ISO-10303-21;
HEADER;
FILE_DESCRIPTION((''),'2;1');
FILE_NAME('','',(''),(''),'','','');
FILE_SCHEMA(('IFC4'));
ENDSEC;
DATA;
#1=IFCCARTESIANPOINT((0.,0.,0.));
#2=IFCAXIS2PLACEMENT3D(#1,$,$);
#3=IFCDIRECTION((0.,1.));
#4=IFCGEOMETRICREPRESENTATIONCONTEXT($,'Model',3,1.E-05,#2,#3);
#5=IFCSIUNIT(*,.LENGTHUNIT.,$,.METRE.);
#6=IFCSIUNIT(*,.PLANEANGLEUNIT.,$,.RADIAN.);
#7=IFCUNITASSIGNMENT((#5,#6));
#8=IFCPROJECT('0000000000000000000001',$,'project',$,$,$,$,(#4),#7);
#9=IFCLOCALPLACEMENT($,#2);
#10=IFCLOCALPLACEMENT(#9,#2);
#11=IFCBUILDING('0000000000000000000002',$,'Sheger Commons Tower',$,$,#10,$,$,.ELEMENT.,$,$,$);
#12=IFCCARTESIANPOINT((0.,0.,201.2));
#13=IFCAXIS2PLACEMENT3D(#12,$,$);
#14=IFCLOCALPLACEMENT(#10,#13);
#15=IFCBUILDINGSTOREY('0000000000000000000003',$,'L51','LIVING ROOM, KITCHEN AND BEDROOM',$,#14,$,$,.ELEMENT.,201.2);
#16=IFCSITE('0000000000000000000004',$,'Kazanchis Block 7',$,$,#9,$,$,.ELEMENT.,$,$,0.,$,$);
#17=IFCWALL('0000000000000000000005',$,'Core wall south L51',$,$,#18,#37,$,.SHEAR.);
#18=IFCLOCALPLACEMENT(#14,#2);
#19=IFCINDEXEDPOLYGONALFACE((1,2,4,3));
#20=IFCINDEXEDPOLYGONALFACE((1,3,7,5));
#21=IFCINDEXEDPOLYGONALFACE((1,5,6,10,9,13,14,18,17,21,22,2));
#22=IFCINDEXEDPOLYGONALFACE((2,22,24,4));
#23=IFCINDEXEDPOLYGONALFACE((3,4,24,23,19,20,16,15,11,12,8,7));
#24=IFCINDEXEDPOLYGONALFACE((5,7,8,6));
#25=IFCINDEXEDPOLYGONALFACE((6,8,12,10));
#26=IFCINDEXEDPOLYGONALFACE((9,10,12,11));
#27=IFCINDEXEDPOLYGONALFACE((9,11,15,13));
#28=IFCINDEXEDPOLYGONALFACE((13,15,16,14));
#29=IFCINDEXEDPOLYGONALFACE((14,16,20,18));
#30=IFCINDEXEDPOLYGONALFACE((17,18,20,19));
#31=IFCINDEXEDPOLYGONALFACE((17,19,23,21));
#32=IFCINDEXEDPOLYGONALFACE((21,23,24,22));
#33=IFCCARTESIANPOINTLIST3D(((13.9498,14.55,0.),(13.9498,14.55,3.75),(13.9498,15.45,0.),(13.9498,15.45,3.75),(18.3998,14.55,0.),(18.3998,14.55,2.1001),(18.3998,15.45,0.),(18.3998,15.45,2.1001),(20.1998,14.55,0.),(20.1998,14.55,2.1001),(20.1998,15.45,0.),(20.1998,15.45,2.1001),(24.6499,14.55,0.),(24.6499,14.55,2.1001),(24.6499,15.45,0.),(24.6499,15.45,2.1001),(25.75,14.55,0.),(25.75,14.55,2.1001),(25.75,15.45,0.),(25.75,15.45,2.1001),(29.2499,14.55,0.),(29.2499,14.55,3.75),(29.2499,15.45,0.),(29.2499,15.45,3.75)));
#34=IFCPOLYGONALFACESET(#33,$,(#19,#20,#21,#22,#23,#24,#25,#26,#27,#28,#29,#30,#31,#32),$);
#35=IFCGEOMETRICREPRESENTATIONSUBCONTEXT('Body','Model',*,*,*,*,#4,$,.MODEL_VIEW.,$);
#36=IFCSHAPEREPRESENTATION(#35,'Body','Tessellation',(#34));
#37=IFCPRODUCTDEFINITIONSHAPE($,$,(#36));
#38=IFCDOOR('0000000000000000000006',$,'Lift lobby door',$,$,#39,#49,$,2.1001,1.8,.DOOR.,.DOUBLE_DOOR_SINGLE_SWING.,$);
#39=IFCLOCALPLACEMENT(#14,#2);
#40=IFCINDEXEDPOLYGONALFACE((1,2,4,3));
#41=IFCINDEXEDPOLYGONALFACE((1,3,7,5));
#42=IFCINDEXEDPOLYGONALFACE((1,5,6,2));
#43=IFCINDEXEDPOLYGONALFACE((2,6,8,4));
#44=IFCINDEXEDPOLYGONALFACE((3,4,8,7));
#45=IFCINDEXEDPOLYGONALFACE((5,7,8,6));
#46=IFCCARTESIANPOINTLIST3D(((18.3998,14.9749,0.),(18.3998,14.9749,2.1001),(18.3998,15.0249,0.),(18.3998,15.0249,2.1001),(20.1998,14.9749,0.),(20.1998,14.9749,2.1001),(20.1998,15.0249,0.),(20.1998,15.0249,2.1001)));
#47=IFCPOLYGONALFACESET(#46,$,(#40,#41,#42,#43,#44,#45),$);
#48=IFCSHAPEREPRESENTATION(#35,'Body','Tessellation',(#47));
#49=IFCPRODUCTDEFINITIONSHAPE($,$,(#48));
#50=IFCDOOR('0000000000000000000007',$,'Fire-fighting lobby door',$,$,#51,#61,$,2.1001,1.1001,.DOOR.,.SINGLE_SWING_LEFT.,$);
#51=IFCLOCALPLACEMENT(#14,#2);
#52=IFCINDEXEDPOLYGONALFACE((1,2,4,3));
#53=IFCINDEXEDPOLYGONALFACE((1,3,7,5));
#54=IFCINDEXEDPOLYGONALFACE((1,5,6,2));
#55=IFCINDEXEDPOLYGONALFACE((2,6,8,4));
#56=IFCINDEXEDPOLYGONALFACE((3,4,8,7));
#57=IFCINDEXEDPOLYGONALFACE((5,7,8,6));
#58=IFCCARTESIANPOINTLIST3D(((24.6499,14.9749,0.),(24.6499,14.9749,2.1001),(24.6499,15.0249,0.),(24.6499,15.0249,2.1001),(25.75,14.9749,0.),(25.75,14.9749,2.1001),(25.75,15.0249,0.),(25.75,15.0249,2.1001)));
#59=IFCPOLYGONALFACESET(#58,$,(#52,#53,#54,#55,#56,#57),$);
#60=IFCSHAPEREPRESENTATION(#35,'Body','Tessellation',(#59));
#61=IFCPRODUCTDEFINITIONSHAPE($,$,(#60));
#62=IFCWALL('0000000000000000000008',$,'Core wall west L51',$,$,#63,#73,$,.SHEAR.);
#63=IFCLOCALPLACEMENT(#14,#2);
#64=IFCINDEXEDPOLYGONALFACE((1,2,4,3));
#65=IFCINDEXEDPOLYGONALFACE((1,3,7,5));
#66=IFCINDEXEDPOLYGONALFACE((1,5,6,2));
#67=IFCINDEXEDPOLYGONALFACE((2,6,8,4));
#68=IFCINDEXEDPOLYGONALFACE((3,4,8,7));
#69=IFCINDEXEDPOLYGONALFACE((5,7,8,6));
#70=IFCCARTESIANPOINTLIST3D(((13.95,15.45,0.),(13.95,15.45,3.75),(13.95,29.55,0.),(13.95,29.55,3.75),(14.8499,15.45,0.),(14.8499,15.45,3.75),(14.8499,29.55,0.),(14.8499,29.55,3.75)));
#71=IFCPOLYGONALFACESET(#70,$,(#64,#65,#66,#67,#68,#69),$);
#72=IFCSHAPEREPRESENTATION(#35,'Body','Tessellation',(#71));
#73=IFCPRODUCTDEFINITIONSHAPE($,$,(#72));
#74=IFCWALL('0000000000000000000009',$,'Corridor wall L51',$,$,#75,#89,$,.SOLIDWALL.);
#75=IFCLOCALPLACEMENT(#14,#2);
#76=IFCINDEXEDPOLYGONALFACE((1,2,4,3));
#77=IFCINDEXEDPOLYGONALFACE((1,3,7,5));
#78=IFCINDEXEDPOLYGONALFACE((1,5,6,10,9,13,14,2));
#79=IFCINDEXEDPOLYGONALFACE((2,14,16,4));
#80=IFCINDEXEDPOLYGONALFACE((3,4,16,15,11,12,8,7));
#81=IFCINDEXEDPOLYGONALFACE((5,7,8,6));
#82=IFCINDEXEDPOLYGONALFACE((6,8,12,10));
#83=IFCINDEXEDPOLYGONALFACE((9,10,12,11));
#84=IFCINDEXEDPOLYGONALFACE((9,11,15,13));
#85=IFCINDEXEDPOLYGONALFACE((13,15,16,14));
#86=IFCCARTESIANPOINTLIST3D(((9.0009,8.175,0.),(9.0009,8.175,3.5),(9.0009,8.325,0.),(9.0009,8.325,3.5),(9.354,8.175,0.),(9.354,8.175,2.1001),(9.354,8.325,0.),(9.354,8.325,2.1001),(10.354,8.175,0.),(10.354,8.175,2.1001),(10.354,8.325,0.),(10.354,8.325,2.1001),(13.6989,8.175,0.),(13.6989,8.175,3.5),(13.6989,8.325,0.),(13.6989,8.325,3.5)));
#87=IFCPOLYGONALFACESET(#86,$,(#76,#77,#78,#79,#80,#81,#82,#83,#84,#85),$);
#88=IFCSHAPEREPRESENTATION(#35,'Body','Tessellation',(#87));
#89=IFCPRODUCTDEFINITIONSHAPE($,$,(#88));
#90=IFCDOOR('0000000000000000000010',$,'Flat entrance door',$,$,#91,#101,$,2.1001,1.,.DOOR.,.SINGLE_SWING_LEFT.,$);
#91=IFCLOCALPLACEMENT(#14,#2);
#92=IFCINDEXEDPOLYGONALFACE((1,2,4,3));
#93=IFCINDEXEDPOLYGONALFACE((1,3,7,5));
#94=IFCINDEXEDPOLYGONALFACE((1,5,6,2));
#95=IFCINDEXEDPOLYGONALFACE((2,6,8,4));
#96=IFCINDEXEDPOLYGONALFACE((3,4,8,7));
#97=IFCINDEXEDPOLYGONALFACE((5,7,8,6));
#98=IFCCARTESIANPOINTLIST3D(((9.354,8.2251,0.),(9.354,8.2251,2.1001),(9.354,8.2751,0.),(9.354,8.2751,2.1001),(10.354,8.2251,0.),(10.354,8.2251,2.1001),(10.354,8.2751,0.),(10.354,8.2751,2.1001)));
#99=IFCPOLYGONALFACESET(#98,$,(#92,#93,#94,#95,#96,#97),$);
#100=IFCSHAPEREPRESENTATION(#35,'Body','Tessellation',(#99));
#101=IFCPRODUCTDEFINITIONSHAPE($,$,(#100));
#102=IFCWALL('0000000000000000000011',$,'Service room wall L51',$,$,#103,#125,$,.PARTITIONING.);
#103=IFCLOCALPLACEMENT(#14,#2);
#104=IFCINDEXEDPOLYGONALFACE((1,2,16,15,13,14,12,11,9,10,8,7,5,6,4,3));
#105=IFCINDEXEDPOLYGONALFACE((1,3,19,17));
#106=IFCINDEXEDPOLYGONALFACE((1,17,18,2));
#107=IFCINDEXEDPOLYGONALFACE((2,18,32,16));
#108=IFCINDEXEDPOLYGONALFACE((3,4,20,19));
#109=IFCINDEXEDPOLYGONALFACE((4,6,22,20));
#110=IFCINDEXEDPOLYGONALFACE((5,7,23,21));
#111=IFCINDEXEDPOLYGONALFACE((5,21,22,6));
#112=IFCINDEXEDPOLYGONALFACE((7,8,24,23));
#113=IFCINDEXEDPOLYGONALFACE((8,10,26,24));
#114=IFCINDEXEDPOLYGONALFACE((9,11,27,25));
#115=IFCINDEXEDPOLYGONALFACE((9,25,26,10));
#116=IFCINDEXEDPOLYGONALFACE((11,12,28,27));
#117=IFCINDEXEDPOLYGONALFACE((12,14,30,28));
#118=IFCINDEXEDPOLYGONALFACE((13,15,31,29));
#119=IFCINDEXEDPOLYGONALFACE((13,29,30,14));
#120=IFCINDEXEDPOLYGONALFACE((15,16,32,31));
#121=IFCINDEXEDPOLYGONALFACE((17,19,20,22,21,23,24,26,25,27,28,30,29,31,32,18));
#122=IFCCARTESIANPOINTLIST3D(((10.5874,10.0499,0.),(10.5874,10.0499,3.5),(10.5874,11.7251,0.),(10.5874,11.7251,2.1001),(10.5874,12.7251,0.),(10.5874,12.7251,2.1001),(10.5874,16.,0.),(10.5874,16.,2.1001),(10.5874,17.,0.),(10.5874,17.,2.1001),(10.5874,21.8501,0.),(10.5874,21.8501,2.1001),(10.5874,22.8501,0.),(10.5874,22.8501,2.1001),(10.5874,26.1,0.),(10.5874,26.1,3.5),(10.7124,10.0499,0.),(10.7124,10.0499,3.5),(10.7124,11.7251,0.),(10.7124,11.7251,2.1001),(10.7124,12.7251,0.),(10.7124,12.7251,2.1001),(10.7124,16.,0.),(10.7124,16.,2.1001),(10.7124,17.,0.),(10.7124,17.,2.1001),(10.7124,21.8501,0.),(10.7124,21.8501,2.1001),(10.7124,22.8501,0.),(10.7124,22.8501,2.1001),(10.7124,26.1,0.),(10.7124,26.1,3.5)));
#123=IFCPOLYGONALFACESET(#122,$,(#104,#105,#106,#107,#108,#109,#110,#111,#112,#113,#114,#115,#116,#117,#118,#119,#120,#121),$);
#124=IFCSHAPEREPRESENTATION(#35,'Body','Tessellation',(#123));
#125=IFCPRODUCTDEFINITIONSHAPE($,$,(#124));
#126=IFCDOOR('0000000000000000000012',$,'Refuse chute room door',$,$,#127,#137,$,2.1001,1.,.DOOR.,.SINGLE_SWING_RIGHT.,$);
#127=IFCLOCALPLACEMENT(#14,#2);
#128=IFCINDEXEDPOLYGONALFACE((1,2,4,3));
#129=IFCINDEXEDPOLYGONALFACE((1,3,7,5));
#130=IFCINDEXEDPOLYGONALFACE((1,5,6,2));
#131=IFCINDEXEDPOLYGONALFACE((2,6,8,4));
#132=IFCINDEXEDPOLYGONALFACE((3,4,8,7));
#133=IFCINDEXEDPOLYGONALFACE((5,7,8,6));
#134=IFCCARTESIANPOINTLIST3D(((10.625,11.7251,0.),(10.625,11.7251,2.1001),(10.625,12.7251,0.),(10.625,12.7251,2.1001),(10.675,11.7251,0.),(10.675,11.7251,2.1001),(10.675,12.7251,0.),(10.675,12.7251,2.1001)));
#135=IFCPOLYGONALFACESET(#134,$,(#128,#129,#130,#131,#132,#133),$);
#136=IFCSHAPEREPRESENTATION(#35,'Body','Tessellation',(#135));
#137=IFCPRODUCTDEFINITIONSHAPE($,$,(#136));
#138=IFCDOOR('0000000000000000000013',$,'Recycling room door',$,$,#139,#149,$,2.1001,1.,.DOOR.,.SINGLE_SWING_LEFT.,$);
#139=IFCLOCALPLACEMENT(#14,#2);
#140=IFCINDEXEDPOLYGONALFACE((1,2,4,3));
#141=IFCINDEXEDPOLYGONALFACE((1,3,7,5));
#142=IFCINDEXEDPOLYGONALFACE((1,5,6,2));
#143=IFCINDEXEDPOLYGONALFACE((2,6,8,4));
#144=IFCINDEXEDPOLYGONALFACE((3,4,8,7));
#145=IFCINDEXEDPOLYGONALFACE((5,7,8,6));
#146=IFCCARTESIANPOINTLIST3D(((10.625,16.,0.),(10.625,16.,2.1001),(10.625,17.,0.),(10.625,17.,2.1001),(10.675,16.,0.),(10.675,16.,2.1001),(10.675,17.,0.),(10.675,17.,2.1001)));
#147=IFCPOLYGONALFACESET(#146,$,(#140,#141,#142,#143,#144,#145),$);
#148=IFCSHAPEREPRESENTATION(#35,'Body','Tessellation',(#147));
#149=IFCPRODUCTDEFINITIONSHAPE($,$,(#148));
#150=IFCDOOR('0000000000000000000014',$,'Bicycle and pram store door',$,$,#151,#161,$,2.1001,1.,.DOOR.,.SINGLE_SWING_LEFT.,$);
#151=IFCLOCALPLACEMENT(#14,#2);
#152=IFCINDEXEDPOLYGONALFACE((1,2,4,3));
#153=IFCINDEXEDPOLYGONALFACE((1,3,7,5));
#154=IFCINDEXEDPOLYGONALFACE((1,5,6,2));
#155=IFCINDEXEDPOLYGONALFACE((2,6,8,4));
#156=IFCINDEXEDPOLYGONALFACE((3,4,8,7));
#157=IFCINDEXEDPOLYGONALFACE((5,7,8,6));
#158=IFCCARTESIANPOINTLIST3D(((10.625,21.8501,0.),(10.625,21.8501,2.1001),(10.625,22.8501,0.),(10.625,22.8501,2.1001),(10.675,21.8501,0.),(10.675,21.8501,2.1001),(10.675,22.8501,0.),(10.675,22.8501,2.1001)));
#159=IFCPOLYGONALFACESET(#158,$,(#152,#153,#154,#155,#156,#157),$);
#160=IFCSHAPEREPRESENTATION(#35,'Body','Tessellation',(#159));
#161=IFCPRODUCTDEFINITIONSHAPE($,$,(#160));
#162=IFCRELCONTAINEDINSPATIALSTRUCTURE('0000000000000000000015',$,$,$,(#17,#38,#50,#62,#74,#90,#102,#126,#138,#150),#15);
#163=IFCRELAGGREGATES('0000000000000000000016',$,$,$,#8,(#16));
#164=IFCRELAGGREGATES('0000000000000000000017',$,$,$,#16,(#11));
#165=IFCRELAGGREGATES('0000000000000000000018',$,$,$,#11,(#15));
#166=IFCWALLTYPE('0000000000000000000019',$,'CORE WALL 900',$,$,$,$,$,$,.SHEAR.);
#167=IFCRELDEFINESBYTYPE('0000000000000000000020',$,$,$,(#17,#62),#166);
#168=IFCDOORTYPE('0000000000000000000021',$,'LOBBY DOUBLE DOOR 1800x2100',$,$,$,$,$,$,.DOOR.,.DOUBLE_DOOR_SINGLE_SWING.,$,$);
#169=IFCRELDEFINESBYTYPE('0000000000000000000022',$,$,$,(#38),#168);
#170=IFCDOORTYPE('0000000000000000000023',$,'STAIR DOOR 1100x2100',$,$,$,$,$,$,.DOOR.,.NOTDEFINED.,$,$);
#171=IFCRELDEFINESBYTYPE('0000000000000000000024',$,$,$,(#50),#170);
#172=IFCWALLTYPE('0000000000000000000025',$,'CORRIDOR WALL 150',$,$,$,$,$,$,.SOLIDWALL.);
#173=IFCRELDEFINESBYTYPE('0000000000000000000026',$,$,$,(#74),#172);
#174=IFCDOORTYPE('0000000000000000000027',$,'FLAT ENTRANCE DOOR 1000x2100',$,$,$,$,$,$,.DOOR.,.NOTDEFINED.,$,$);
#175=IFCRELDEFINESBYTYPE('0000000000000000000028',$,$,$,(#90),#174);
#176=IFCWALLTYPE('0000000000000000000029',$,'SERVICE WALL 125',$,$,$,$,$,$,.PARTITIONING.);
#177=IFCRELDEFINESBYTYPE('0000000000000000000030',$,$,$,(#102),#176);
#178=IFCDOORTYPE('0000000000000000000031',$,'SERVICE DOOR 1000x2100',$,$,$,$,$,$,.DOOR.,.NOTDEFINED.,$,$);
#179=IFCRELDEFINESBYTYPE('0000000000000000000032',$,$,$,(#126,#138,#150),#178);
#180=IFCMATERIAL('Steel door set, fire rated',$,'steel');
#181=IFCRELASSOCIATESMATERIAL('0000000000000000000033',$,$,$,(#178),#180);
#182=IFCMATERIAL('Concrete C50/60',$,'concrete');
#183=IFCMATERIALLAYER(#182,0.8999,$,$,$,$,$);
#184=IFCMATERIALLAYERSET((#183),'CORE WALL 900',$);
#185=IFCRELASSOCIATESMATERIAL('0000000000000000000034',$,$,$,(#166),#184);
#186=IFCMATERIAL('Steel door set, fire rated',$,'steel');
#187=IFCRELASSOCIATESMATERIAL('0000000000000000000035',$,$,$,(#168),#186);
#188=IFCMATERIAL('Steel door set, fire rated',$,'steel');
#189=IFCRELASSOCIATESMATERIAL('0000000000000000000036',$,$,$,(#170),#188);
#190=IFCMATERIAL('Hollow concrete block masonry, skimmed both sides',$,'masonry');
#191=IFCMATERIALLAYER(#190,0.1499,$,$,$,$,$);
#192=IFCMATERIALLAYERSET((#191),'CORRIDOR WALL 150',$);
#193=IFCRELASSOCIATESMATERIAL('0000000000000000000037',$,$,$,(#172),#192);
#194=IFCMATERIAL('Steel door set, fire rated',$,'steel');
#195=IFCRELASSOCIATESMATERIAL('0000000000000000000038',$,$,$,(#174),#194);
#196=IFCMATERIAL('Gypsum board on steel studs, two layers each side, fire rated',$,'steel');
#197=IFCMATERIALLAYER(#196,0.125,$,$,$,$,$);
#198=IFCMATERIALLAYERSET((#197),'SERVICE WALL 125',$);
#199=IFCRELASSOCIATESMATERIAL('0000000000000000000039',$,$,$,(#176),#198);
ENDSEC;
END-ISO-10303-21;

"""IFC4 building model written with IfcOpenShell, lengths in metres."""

from ifc_helpers import new_model, si_unit, direction, frame, frame_2d, origin, place, context, subcontext, project, spatial, rectangle, extrude, material, layer, layer_set, type_object, element, fill, save


model = new_model("IFC4")

# Units and contexts
model_context = context("Model", 3, precision=1e-05, world=origin(), true_north=direction((0.0, 1.0)))
body_context = subcontext(model_context, "Body", "Model", "MODEL_VIEW")
ifc_project = project(units=[si_unit("LENGTHUNIT", "METRE"), si_unit("PLANEANGLEUNIT", "RADIAN")], contexts=[model_context])

# Site, building, storey
site_placement = place(None, origin())
site = spatial("IfcSite", under=ifc_project, at=site_placement, Name="Kazanchis Block 7", CompositionType="ELEMENT", RefElevation=0.0)
building_placement = place(site_placement, origin())
building = spatial("IfcBuilding", under=site, at=building_placement, Name="Sheger Commons Tower", CompositionType="ELEMENT")
storey_placement = place(building_placement, frame((0.0, 0.0, 201.2)))
storey = spatial("IfcBuildingStorey", under=building, at=storey_placement, Name="L51", Description="LIVING ROOM, KITCHEN AND BEDROOM", CompositionType="ELEMENT", Elevation=201.2)

# Wall, openings, doors
ifc_material_1 = material(Name="Steel door set, fire rated", Category="steel")
door_type_1 = type_object("IfcDoorType", Name="SERVICE DOOR 1000x2100", OperationType="NOTDEFINED", PredefinedType="DOOR", material=ifc_material_1)
ifc_material_2 = material(Name="Concrete C50/60", Category="concrete")
ifc_layer_1 = layer(ifc_material_2, 0.8999)
ifc_layer_set_1 = layer_set([ifc_layer_1], Name="CORE WALL 900")
wall_type_1 = type_object("IfcWallType", Name="CORE WALL 900", PredefinedType="SHEAR", material=ifc_layer_set_1)
wall_1_placement = place(storey_placement, frame((13.95, 15.0, 0.0), z_axis=(0.0, 0.0, 1.0), x_axis=(1.0, 0.0, 0.0)))
wall_1 = element("IfcWall", 1, at=wall_1_placement, inside=storey, type_object=wall_type_1, Name="Core wall south L51", PredefinedType="SHEAR", context=body_context, shape_type="SweptSolid", body=[
    extrude(rectangle(XDim=15.3, YDim=0.8999, at=frame_2d((7.6499, 0.0))), origin(), (0.0, 0.0, 1.0), 3.75),
])
opening_1_placement = place(wall_1_placement, frame((4.45, 0.0, 0.0)))
opening_1 = element("IfcOpeningElement", 2, at=opening_1_placement, cuts=wall_1, PredefinedType="OPENING", context=body_context, shape_type="SweptSolid", body=[
    extrude(rectangle(XDim=1.8, YDim=2.1001, at=frame_2d((0.8999, 1.05))), frame((0.0, 0.46, 0.0), z_axis=(0.0, -1.0, 0.0), x_axis=(1.0, 0.0, 0.0)), (0.0, 0.0, 1.0), 0.9199),
])
opening_2_placement = place(wall_1_placement, frame((10.7, 0.0, 0.0)))
opening_2 = element("IfcOpeningElement", 3, at=opening_2_placement, cuts=wall_1, PredefinedType="OPENING", context=body_context, shape_type="SweptSolid", body=[
    extrude(rectangle(XDim=1.1001, YDim=2.1001, at=frame_2d((0.55, 1.05))), frame((0.0, 0.46, 0.0), z_axis=(0.0, -1.0, 0.0), x_axis=(1.0, 0.0, 0.0)), (0.0, 0.0, 1.0), 0.9199),
])
ifc_material_3 = material(Name="Steel door set, fire rated", Category="steel")
door_type_2 = type_object("IfcDoorType", Name="LOBBY DOUBLE DOOR 1800x2100", OperationType="DOUBLE_DOOR_SINGLE_SWING", PredefinedType="DOOR", material=ifc_material_3)
door_1_placement = place(opening_1_placement, origin())
door_1 = element("IfcDoor", 4, at=door_1_placement, inside=storey, type_object=door_type_2, Name="Lift lobby door", OperationType="DOUBLE_DOOR_SINGLE_SWING", OverallHeight=2.1001, OverallWidth=1.8, PredefinedType="DOOR", context=body_context, shape_type="SweptSolid", body=[
    extrude(rectangle(XDim=1.8, YDim=2.1001, at=frame_2d((0.8999, 1.05))), frame((0.0, 0.0249, 0.0), z_axis=(0.0, -1.0, 0.0), x_axis=(1.0, 0.0, 0.0)), (0.0, 0.0, 1.0), 0.05),
])
fill(opening_1, door_1)
ifc_material_4 = material(Name="Steel door set, fire rated", Category="steel")
door_type_3 = type_object("IfcDoorType", Name="STAIR DOOR 1100x2100", OperationType="NOTDEFINED", PredefinedType="DOOR", material=ifc_material_4)
door_2_placement = place(opening_2_placement, origin())
door_2 = element("IfcDoor", 5, at=door_2_placement, inside=storey, type_object=door_type_3, Name="Fire-fighting lobby door", OperationType="SINGLE_SWING_LEFT", OverallHeight=2.1001, OverallWidth=1.1001, PredefinedType="DOOR", context=body_context, shape_type="SweptSolid", body=[
    extrude(rectangle(XDim=1.1001, YDim=2.1001, at=frame_2d((0.55, 1.05))), frame((0.0, 0.0249, 0.0), z_axis=(0.0, -1.0, 0.0), x_axis=(1.0, 0.0, 0.0)), (0.0, 0.0, 1.0), 0.05),
])
fill(opening_2, door_2)

# Wall
wall_2_placement = place(storey_placement, frame((14.3999, 15.45, 0.0), z_axis=(0.0, 0.0, 1.0), x_axis=(0.0, 1.0, 0.0)))
element("IfcWall", 6, at=wall_2_placement, inside=storey, type_object=wall_type_1, Name="Core wall west L51", PredefinedType="SHEAR", context=body_context, shape_type="SweptSolid", body=[
    extrude(rectangle(XDim=14.1001, YDim=0.8999, at=frame_2d((7.05, 0.0))), origin(), (0.0, 0.0, 1.0), 3.75),
])

# Wall, opening, door
ifc_material_5 = material(Name="Hollow concrete block masonry, skimmed both sides", Category="masonry")
ifc_layer_2 = layer(ifc_material_5, 0.1499)
ifc_layer_set_2 = layer_set([ifc_layer_2], Name="CORRIDOR WALL 150")
wall_type_2 = type_object("IfcWallType", Name="CORRIDOR WALL 150", PredefinedType="SOLIDWALL", material=ifc_layer_set_2)
wall_3_placement = place(storey_placement, frame((13.699, 8.25, 0.0), z_axis=(0.0, 0.0, 1.0), x_axis=(-1.0, 0.0, 0.0)))
wall_3 = element("IfcWall", 7, at=wall_3_placement, inside=storey, type_object=wall_type_2, Name="Corridor wall L51", PredefinedType="SOLIDWALL", context=body_context, shape_type="SweptSolid", body=[
    extrude(rectangle(XDim=4.698, YDim=0.1499, at=frame_2d((2.3491, 0.0))), origin(), (0.0, 0.0, 1.0), 3.5),
])
opening_3_placement = place(wall_3_placement, frame((3.345, 0.0, 0.0)))
opening_3 = element("IfcOpeningElement", 8, at=opening_3_placement, cuts=wall_3, PredefinedType="OPENING", context=body_context, shape_type="SweptSolid", body=[
    extrude(rectangle(XDim=1.0, YDim=2.1001, at=frame_2d((0.5, 1.05))), frame((0.0, 0.085, 0.0), z_axis=(0.0, -1.0, 0.0), x_axis=(1.0, 0.0, 0.0)), (0.0, 0.0, 1.0), 0.1699),
])
ifc_material_6 = material(Name="Steel door set, fire rated", Category="steel")
door_type_4 = type_object("IfcDoorType", Name="FLAT ENTRANCE DOOR 1000x2100", OperationType="NOTDEFINED", PredefinedType="DOOR", material=ifc_material_6)
door_3_placement = place(opening_3_placement, origin())
door_3 = element("IfcDoor", 9, at=door_3_placement, inside=storey, type_object=door_type_4, Name="Flat entrance door", OperationType="SINGLE_SWING_LEFT", OverallHeight=2.1001, OverallWidth=1.0, PredefinedType="DOOR", context=body_context, shape_type="SweptSolid", body=[
    extrude(rectangle(XDim=1.0, YDim=2.1001, at=frame_2d((0.5, 1.05))), frame((0.0, 0.0249, 0.0), z_axis=(0.0, -1.0, 0.0), x_axis=(1.0, 0.0, 0.0)), (0.0, 0.0, 1.0), 0.05),
])
fill(opening_3, door_3)

# Wall, openings, doors
ifc_material_7 = material(Name="Gypsum board on steel studs, two layers each side, fire rated", Category="steel")
ifc_layer_3 = layer(ifc_material_7, 0.125)
ifc_layer_set_3 = layer_set([ifc_layer_3], Name="SERVICE WALL 125")
wall_type_3 = type_object("IfcWallType", Name="SERVICE WALL 125", PredefinedType="PARTITIONING", material=ifc_layer_set_3)
wall_4_placement = place(storey_placement, frame((10.6499, 10.05, 0.0), z_axis=(0.0, 0.0, 1.0), x_axis=(0.0, 1.0, 0.0)))
wall_4 = element("IfcWall", 10, at=wall_4_placement, inside=storey, type_object=wall_type_3, Name="Service room wall L51", PredefinedType="PARTITIONING", context=body_context, shape_type="SweptSolid", body=[
    extrude(rectangle(XDim=16.05, YDim=0.125, at=frame_2d((8.0249, 0.0))), origin(), (0.0, 0.0, 1.0), 3.5),
])
opening_4_placement = place(wall_4_placement, frame((1.675, 0.0, 0.0)))
opening_4 = element("IfcOpeningElement", 11, at=opening_4_placement, cuts=wall_4, PredefinedType="OPENING", context=body_context, shape_type="SweptSolid", body=[
    extrude(rectangle(XDim=1.0, YDim=2.1001, at=frame_2d((0.5, 1.05))), frame((0.0, 0.0725, 0.0), z_axis=(0.0, -1.0, 0.0), x_axis=(1.0, 0.0, 0.0)), (0.0, 0.0, 1.0), 0.145),
])
opening_5_placement = place(wall_4_placement, frame((5.95, 0.0, 0.0)))
opening_5 = element("IfcOpeningElement", 12, at=opening_5_placement, cuts=wall_4, PredefinedType="OPENING", context=body_context, shape_type="SweptSolid", body=[
    extrude(rectangle(XDim=1.0, YDim=2.1001, at=frame_2d((0.5, 1.05))), frame((0.0, 0.0725, 0.0), z_axis=(0.0, -1.0, 0.0), x_axis=(1.0, 0.0, 0.0)), (0.0, 0.0, 1.0), 0.145),
])
opening_6_placement = place(wall_4_placement, frame((11.8, 0.0, 0.0)))
opening_6 = element("IfcOpeningElement", 13, at=opening_6_placement, cuts=wall_4, PredefinedType="OPENING", context=body_context, shape_type="SweptSolid", body=[
    extrude(rectangle(XDim=1.0, YDim=2.1001, at=frame_2d((0.5, 1.05))), frame((0.0, 0.0725, 0.0), z_axis=(0.0, -1.0, 0.0), x_axis=(1.0, 0.0, 0.0)), (0.0, 0.0, 1.0), 0.145),
])
door_4_placement = place(opening_4_placement, origin())
door_4 = element("IfcDoor", 14, at=door_4_placement, inside=storey, type_object=door_type_1, Name="Refuse chute room door", OperationType="SINGLE_SWING_RIGHT", OverallHeight=2.1001, OverallWidth=1.0, PredefinedType="DOOR", context=body_context, shape_type="SweptSolid", body=[
    extrude(rectangle(XDim=1.0, YDim=2.1001, at=frame_2d((0.5, 1.05))), frame((0.0, 0.0249, 0.0), z_axis=(0.0, -1.0, 0.0), x_axis=(1.0, 0.0, 0.0)), (0.0, 0.0, 1.0), 0.05),
])
fill(opening_4, door_4)
door_5_placement = place(opening_5_placement, origin())
door_5 = element("IfcDoor", 15, at=door_5_placement, inside=storey, type_object=door_type_1, Name="Recycling room door", OperationType="SINGLE_SWING_LEFT", OverallHeight=2.1001, OverallWidth=1.0, PredefinedType="DOOR", context=body_context, shape_type="SweptSolid", body=[
    extrude(rectangle(XDim=1.0, YDim=2.1001, at=frame_2d((0.5, 1.05))), frame((0.0, 0.0249, 0.0), z_axis=(0.0, -1.0, 0.0), x_axis=(1.0, 0.0, 0.0)), (0.0, 0.0, 1.0), 0.05),
])
fill(opening_5, door_5)
door_6_placement = place(opening_6_placement, origin())
door_6 = element("IfcDoor", 16, at=door_6_placement, inside=storey, type_object=door_type_1, Name="Bicycle and pram store door", OperationType="SINGLE_SWING_LEFT", OverallHeight=2.1001, OverallWidth=1.0, PredefinedType="DOOR", context=body_context, shape_type="SweptSolid", body=[
    extrude(rectangle(XDim=1.0, YDim=2.1001, at=frame_2d((0.5, 1.05))), frame((0.0, 0.0249, 0.0), z_axis=(0.0, -1.0, 0.0), x_axis=(1.0, 0.0, 0.0)), (0.0, 0.0, 1.0), 0.05),
])
fill(opening_6, door_6)

save(model, "model.ifc")
